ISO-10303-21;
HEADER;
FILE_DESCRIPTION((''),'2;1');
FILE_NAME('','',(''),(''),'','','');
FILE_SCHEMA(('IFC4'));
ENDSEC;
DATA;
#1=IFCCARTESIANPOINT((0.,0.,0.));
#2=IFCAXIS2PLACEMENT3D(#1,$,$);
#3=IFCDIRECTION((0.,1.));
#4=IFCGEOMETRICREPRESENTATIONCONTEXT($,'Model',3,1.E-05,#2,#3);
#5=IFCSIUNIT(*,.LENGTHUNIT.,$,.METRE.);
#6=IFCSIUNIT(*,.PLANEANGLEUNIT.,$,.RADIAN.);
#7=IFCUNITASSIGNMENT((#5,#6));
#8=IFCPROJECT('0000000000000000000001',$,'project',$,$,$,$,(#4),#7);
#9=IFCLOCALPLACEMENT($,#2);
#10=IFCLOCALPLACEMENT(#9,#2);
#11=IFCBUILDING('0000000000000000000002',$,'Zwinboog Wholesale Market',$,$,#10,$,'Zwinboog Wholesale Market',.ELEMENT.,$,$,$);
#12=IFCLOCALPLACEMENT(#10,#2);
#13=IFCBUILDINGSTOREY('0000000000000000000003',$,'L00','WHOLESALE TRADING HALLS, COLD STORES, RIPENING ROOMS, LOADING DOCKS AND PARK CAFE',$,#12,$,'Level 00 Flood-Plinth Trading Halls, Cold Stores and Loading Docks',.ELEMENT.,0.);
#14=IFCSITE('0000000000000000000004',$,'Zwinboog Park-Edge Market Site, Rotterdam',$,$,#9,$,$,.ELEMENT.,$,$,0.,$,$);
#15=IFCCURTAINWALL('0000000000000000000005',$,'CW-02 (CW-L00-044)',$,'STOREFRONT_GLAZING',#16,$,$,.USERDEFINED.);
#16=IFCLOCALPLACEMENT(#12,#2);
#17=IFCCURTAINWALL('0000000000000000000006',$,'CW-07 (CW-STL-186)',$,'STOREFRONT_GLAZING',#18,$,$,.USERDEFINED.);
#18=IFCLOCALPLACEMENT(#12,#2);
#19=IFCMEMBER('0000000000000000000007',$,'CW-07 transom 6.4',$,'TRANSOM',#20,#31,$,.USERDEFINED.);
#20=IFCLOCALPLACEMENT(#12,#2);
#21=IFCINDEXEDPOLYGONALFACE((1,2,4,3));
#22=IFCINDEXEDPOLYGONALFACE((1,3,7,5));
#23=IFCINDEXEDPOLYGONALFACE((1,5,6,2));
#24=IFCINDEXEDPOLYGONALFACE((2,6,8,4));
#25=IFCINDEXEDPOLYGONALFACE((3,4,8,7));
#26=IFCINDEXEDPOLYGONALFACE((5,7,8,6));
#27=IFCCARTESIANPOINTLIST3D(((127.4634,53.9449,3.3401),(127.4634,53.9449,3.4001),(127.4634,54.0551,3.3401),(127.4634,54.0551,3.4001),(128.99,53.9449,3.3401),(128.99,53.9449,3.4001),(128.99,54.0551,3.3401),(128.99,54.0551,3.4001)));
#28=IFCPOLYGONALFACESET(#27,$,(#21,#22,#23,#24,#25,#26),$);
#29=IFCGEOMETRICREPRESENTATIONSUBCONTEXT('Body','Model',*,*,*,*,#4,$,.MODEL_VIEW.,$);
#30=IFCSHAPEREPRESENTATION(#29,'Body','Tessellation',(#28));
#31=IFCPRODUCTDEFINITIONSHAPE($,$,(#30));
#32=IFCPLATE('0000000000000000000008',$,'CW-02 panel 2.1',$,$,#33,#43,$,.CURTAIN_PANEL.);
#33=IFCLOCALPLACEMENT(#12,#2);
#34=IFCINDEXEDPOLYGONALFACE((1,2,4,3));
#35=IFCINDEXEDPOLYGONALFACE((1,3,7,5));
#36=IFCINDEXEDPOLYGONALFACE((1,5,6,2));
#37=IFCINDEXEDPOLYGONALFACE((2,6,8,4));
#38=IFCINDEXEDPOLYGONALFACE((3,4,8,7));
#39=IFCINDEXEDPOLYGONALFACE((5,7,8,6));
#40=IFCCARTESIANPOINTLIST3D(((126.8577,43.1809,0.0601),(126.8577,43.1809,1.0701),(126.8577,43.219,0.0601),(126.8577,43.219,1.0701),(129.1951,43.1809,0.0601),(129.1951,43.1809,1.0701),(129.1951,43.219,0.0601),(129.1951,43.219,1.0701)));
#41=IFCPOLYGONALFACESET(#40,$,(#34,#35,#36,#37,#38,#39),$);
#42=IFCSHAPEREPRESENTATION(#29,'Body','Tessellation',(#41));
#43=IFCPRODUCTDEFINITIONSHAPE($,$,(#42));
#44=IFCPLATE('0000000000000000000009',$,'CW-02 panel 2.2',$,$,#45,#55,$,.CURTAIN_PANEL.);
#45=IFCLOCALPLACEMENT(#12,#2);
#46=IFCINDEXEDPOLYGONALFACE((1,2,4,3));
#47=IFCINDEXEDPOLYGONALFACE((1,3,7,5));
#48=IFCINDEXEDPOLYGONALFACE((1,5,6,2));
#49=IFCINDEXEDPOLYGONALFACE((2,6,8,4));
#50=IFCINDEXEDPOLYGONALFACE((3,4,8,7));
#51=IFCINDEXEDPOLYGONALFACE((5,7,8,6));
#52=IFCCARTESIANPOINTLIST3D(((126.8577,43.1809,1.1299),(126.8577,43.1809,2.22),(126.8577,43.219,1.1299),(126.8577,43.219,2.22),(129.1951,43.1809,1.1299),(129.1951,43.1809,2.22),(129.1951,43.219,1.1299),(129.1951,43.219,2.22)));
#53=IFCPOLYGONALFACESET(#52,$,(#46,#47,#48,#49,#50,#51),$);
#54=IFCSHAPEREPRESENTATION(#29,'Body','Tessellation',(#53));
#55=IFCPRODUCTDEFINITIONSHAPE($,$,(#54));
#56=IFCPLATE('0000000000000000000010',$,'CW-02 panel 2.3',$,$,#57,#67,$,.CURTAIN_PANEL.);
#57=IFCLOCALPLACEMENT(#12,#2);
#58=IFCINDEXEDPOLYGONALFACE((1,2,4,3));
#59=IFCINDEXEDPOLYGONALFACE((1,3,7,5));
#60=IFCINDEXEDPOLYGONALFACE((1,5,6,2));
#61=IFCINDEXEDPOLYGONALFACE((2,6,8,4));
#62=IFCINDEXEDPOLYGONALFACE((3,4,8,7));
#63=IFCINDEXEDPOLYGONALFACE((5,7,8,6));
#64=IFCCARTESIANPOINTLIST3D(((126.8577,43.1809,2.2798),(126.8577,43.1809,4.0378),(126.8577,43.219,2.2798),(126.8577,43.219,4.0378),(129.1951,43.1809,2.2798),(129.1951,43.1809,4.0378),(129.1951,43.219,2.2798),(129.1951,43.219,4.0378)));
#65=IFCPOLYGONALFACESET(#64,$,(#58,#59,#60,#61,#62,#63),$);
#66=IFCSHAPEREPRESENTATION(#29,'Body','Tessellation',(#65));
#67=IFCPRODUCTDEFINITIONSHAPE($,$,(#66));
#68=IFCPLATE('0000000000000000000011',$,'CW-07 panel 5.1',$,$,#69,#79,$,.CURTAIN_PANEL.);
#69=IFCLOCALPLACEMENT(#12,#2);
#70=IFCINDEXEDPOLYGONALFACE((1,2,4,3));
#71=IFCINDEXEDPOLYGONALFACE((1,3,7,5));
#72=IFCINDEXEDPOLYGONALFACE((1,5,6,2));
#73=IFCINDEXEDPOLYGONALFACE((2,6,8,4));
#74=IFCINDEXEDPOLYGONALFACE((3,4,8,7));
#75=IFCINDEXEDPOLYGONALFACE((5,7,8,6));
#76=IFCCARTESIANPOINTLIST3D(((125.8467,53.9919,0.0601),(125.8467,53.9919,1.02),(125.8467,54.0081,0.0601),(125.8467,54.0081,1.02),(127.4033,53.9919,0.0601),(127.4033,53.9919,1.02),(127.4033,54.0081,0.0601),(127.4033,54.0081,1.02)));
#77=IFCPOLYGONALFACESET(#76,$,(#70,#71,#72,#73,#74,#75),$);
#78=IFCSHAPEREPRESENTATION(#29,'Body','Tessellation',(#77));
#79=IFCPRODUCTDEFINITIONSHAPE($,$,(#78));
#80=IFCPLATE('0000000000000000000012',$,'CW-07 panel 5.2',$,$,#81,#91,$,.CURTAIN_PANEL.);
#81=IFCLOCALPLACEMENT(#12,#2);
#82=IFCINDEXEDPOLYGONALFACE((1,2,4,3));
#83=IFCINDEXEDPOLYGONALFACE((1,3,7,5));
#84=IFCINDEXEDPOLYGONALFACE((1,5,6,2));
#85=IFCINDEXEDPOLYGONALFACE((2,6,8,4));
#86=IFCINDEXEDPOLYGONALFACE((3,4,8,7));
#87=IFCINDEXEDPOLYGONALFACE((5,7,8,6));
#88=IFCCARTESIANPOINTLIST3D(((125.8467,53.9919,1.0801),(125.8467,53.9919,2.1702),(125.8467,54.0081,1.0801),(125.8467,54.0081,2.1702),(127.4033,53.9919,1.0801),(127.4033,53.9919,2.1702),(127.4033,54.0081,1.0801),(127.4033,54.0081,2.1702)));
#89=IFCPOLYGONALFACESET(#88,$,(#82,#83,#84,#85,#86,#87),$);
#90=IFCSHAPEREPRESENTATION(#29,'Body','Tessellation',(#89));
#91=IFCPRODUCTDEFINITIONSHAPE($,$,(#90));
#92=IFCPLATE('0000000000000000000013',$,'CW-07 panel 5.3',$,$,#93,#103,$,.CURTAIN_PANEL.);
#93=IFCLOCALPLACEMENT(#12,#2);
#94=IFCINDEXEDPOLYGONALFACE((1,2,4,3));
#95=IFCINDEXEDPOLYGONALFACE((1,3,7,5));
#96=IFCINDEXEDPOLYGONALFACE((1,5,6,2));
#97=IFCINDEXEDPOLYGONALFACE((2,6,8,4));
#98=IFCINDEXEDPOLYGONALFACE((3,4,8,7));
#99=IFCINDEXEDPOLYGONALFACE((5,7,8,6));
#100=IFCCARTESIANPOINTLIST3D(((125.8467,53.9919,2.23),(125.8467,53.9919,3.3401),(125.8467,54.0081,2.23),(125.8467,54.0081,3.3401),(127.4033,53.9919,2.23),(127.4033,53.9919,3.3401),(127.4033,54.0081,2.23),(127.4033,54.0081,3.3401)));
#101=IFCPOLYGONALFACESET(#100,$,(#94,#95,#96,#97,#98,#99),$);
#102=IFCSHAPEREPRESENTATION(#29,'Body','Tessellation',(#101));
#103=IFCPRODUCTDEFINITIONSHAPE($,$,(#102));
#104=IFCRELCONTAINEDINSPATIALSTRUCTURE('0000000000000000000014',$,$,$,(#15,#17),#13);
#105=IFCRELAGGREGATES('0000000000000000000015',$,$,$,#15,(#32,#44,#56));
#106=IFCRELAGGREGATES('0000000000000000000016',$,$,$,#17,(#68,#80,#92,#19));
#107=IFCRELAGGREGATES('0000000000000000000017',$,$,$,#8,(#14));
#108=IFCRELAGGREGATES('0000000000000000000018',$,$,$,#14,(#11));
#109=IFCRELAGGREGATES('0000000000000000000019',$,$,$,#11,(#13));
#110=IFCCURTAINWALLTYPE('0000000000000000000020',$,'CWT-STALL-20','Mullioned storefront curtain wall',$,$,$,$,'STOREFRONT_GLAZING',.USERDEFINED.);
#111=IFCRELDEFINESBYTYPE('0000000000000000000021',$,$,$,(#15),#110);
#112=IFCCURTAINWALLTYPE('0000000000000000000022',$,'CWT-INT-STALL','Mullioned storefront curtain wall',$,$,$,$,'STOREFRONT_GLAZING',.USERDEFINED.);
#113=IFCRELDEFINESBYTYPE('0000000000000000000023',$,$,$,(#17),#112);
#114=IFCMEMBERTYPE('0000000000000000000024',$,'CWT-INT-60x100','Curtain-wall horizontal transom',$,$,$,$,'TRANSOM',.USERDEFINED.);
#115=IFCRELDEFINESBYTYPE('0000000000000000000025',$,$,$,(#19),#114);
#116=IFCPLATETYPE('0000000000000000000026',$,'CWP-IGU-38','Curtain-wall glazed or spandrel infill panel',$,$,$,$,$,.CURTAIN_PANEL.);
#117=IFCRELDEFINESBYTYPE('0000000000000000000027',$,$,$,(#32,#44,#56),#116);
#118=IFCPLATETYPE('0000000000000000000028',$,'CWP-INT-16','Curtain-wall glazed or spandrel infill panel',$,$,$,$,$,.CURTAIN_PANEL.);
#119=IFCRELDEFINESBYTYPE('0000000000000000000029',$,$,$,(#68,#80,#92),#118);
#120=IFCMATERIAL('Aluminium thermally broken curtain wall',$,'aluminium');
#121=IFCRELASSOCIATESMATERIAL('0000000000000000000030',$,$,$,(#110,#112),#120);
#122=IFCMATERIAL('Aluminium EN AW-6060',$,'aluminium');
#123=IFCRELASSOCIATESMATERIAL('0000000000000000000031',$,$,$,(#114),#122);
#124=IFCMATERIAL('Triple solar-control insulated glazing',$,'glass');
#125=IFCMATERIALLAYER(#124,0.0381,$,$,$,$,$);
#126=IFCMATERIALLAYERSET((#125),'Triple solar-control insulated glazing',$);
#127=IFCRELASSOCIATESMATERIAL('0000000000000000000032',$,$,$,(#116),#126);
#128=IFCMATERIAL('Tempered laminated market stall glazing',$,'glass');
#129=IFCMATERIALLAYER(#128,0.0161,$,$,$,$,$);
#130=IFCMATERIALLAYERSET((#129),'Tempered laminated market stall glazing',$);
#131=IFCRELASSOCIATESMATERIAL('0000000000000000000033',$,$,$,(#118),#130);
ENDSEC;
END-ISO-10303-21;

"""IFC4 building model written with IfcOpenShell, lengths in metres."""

from ifc_helpers import new_model, si_unit, direction, frame, origin, origin_2d, place, context, subcontext, project, spatial, rectangle, extrude, material, layer, layer_set, material_profile, profile_set, type_object, element, aggregate, save


model = new_model("IFC4")

# Units and contexts
model_context = context("Model", 3, precision=1e-05, world=origin(), true_north=direction((0.0, 1.0)))
body_context = subcontext(model_context, "Body", "Model", "MODEL_VIEW")
ifc_project = project(units=[si_unit("LENGTHUNIT", "METRE"), si_unit("PLANEANGLEUNIT", "RADIAN")], contexts=[model_context])

# Site, building, storey
site_placement = place(None, origin())
site = spatial("IfcSite", under=ifc_project, at=site_placement, Name="Zwinboog Park-Edge Market Site, Rotterdam", CompositionType="ELEMENT", RefElevation=0.0)
building_placement = place(site_placement, origin())
building = spatial("IfcBuilding", under=site, at=building_placement, Name="Zwinboog Wholesale Market", LongName="Zwinboog Wholesale Market", CompositionType="ELEMENT")
storey_placement = place(building_placement, origin())
storey = spatial("IfcBuildingStorey", under=building, at=storey_placement, Name="L00", Description="WHOLESALE TRADING HALLS, COLD STORES, RIPENING ROOMS, LOADING DOCKS AND PARK CAFE", LongName="Level 00 Flood-Plinth Trading Halls, Cold Stores and Loading Docks", CompositionType="ELEMENT", Elevation=0.0)

# Curtain walls, member
ifc_material_1 = material(Name="Aluminium thermally broken curtain wall", Category="aluminium")
curtain_wall_type_1 = type_object("IfcCurtainWallType", Name="CWT-STALL-20", Description="Mullioned storefront curtain wall", ElementType="STOREFRONT_GLAZING", PredefinedType="USERDEFINED", material=ifc_material_1)
curtain_wall_1_placement = place(storey_placement, origin())
curtain_wall_1 = element("IfcCurtainWall", 1, at=curtain_wall_1_placement, inside=storey, type_object=curtain_wall_type_1, Name="CW-02 (CW-L00-044)", ObjectType="STOREFRONT_GLAZING", PredefinedType="USERDEFINED")
ifc_material_2 = material(Name="Aluminium EN AW-6060", Category="aluminium")
curtain_wall_type_2 = type_object("IfcCurtainWallType", Name="CWT-INT-STALL", Description="Mullioned storefront curtain wall", ElementType="STOREFRONT_GLAZING", PredefinedType="USERDEFINED", material=ifc_material_1)
curtain_wall_2_placement = place(storey_placement, origin())
curtain_wall_2 = element("IfcCurtainWall", 2, at=curtain_wall_2_placement, inside=storey, type_object=curtain_wall_type_2, Name="CW-07 (CW-STL-186)", ObjectType="STOREFRONT_GLAZING", PredefinedType="USERDEFINED")
ifc_material_profile_1 = material_profile(ifc_material_2, rectangle(XDim=0.1101, YDim=0.0601, at=origin_2d()), Name="AL 60x110")
ifc_profile_set_1 = profile_set([ifc_material_profile_1], Name="Aluminium EN AW-6060")
member_type_1 = type_object("IfcMemberType", Name="CWT-INT-60x100", Description="Curtain-wall horizontal transom", ElementType="TRANSOM", PredefinedType="USERDEFINED", material=ifc_profile_set_1)
member_1_placement = place(storey_placement, frame((127.4634, 54.0, 3.3701), z_axis=(1.0, 0.0, 0.0), x_axis=(0.0, 1.0, 0.0)))
member_1 = element("IfcMember", 3, at=member_1_placement, type_object=member_type_1, Name="CW-07 transom 6.4", ObjectType="TRANSOM", PredefinedType="USERDEFINED", context=body_context, shape_type="SweptSolid", body=[
    extrude(rectangle(XDim=0.1101, YDim=0.0601, at=origin_2d()), origin(), (0.0, 0.0, 1.0), 1.5266),
])

# Plates
ifc_material_3 = material(Name="Triple solar-control insulated glazing", Category="glass")
ifc_layer_1 = layer(ifc_material_3, 0.0381)
ifc_layer_set_1 = layer_set([ifc_layer_1], Name="Triple solar-control insulated glazing")
plate_type_1 = type_object("IfcPlateType", Name="CWP-IGU-38", Description="Curtain-wall glazed or spandrel infill panel", PredefinedType="CURTAIN_PANEL", material=ifc_layer_set_1)
plate_1_placement = place(storey_placement, frame((128.0264, 43.2, 0.0601), z_axis=(0.0, 0.0, 1.0), x_axis=(1.0, 0.0, 0.0)))
plate_1 = element("IfcPlate", 4, at=plate_1_placement, type_object=plate_type_1, Name="CW-02 panel 2.1", PredefinedType="CURTAIN_PANEL", context=body_context, shape_type="SweptSolid", body=[
    extrude(rectangle(XDim=2.3374, YDim=0.0381, at=origin_2d()), origin(), (0.0, 0.0, 1.0), 1.01),
])
plate_2_placement = place(storey_placement, frame((128.0264, 43.2, 1.1299), z_axis=(0.0, 0.0, 1.0), x_axis=(1.0, 0.0, 0.0)))
plate_2 = element("IfcPlate", 5, at=plate_2_placement, type_object=plate_type_1, Name="CW-02 panel 2.2", PredefinedType="CURTAIN_PANEL", context=body_context, shape_type="SweptSolid", body=[
    extrude(rectangle(XDim=2.3374, YDim=0.0381, at=origin_2d()), origin(), (0.0, 0.0, 1.0), 1.0901),
])
plate_3_placement = place(storey_placement, frame((128.0264, 43.2, 2.2798), z_axis=(0.0, 0.0, 1.0), x_axis=(1.0, 0.0, 0.0)))
plate_3 = element("IfcPlate", 6, at=plate_3_placement, type_object=plate_type_1, Name="CW-02 panel 2.3", PredefinedType="CURTAIN_PANEL", context=body_context, shape_type="SweptSolid", body=[
    extrude(rectangle(XDim=2.3374, YDim=0.0381, at=origin_2d()), origin(), (0.0, 0.0, 1.0), 1.7581),
])
aggregate(curtain_wall_1, [plate_1, plate_2, plate_3])
ifc_material_4 = material(Name="Tempered laminated market stall glazing", Category="glass")
ifc_layer_2 = layer(ifc_material_4, 0.0161)
ifc_layer_set_2 = layer_set([ifc_layer_2], Name="Tempered laminated market stall glazing")
plate_type_2 = type_object("IfcPlateType", Name="CWP-INT-16", Description="Curtain-wall glazed or spandrel infill panel", PredefinedType="CURTAIN_PANEL", material=ifc_layer_set_2)
plate_4_placement = place(storey_placement, frame((126.625, 54.0, 0.0601), z_axis=(0.0, 0.0, 1.0), x_axis=(1.0, 0.0, 0.0)))
plate_4 = element("IfcPlate", 7, at=plate_4_placement, type_object=plate_type_2, Name="CW-07 panel 5.1", PredefinedType="CURTAIN_PANEL", context=body_context, shape_type="SweptSolid", body=[
    extrude(rectangle(XDim=1.5566, YDim=0.0161, at=origin_2d()), origin(), (0.0, 0.0, 1.0), 0.96),
])
plate_5_placement = place(storey_placement, frame((126.625, 54.0, 1.0801), z_axis=(0.0, 0.0, 1.0), x_axis=(1.0, 0.0, 0.0)))
plate_5 = element("IfcPlate", 8, at=plate_5_placement, type_object=plate_type_2, Name="CW-07 panel 5.2", PredefinedType="CURTAIN_PANEL", context=body_context, shape_type="SweptSolid", body=[
    extrude(rectangle(XDim=1.5566, YDim=0.0161, at=origin_2d()), origin(), (0.0, 0.0, 1.0), 1.0901),
])
plate_6_placement = place(storey_placement, frame((126.625, 54.0, 2.23), z_axis=(0.0, 0.0, 1.0), x_axis=(1.0, 0.0, 0.0)))
plate_6 = element("IfcPlate", 9, at=plate_6_placement, type_object=plate_type_2, Name="CW-07 panel 5.3", PredefinedType="CURTAIN_PANEL", context=body_context, shape_type="SweptSolid", body=[
    extrude(rectangle(XDim=1.5566, YDim=0.0161, at=origin_2d()), origin(), (0.0, 0.0, 1.0), 1.1101),
])
aggregate(curtain_wall_2, [plate_4, plate_5, plate_6, member_1])

save(model, "model.ifc")
